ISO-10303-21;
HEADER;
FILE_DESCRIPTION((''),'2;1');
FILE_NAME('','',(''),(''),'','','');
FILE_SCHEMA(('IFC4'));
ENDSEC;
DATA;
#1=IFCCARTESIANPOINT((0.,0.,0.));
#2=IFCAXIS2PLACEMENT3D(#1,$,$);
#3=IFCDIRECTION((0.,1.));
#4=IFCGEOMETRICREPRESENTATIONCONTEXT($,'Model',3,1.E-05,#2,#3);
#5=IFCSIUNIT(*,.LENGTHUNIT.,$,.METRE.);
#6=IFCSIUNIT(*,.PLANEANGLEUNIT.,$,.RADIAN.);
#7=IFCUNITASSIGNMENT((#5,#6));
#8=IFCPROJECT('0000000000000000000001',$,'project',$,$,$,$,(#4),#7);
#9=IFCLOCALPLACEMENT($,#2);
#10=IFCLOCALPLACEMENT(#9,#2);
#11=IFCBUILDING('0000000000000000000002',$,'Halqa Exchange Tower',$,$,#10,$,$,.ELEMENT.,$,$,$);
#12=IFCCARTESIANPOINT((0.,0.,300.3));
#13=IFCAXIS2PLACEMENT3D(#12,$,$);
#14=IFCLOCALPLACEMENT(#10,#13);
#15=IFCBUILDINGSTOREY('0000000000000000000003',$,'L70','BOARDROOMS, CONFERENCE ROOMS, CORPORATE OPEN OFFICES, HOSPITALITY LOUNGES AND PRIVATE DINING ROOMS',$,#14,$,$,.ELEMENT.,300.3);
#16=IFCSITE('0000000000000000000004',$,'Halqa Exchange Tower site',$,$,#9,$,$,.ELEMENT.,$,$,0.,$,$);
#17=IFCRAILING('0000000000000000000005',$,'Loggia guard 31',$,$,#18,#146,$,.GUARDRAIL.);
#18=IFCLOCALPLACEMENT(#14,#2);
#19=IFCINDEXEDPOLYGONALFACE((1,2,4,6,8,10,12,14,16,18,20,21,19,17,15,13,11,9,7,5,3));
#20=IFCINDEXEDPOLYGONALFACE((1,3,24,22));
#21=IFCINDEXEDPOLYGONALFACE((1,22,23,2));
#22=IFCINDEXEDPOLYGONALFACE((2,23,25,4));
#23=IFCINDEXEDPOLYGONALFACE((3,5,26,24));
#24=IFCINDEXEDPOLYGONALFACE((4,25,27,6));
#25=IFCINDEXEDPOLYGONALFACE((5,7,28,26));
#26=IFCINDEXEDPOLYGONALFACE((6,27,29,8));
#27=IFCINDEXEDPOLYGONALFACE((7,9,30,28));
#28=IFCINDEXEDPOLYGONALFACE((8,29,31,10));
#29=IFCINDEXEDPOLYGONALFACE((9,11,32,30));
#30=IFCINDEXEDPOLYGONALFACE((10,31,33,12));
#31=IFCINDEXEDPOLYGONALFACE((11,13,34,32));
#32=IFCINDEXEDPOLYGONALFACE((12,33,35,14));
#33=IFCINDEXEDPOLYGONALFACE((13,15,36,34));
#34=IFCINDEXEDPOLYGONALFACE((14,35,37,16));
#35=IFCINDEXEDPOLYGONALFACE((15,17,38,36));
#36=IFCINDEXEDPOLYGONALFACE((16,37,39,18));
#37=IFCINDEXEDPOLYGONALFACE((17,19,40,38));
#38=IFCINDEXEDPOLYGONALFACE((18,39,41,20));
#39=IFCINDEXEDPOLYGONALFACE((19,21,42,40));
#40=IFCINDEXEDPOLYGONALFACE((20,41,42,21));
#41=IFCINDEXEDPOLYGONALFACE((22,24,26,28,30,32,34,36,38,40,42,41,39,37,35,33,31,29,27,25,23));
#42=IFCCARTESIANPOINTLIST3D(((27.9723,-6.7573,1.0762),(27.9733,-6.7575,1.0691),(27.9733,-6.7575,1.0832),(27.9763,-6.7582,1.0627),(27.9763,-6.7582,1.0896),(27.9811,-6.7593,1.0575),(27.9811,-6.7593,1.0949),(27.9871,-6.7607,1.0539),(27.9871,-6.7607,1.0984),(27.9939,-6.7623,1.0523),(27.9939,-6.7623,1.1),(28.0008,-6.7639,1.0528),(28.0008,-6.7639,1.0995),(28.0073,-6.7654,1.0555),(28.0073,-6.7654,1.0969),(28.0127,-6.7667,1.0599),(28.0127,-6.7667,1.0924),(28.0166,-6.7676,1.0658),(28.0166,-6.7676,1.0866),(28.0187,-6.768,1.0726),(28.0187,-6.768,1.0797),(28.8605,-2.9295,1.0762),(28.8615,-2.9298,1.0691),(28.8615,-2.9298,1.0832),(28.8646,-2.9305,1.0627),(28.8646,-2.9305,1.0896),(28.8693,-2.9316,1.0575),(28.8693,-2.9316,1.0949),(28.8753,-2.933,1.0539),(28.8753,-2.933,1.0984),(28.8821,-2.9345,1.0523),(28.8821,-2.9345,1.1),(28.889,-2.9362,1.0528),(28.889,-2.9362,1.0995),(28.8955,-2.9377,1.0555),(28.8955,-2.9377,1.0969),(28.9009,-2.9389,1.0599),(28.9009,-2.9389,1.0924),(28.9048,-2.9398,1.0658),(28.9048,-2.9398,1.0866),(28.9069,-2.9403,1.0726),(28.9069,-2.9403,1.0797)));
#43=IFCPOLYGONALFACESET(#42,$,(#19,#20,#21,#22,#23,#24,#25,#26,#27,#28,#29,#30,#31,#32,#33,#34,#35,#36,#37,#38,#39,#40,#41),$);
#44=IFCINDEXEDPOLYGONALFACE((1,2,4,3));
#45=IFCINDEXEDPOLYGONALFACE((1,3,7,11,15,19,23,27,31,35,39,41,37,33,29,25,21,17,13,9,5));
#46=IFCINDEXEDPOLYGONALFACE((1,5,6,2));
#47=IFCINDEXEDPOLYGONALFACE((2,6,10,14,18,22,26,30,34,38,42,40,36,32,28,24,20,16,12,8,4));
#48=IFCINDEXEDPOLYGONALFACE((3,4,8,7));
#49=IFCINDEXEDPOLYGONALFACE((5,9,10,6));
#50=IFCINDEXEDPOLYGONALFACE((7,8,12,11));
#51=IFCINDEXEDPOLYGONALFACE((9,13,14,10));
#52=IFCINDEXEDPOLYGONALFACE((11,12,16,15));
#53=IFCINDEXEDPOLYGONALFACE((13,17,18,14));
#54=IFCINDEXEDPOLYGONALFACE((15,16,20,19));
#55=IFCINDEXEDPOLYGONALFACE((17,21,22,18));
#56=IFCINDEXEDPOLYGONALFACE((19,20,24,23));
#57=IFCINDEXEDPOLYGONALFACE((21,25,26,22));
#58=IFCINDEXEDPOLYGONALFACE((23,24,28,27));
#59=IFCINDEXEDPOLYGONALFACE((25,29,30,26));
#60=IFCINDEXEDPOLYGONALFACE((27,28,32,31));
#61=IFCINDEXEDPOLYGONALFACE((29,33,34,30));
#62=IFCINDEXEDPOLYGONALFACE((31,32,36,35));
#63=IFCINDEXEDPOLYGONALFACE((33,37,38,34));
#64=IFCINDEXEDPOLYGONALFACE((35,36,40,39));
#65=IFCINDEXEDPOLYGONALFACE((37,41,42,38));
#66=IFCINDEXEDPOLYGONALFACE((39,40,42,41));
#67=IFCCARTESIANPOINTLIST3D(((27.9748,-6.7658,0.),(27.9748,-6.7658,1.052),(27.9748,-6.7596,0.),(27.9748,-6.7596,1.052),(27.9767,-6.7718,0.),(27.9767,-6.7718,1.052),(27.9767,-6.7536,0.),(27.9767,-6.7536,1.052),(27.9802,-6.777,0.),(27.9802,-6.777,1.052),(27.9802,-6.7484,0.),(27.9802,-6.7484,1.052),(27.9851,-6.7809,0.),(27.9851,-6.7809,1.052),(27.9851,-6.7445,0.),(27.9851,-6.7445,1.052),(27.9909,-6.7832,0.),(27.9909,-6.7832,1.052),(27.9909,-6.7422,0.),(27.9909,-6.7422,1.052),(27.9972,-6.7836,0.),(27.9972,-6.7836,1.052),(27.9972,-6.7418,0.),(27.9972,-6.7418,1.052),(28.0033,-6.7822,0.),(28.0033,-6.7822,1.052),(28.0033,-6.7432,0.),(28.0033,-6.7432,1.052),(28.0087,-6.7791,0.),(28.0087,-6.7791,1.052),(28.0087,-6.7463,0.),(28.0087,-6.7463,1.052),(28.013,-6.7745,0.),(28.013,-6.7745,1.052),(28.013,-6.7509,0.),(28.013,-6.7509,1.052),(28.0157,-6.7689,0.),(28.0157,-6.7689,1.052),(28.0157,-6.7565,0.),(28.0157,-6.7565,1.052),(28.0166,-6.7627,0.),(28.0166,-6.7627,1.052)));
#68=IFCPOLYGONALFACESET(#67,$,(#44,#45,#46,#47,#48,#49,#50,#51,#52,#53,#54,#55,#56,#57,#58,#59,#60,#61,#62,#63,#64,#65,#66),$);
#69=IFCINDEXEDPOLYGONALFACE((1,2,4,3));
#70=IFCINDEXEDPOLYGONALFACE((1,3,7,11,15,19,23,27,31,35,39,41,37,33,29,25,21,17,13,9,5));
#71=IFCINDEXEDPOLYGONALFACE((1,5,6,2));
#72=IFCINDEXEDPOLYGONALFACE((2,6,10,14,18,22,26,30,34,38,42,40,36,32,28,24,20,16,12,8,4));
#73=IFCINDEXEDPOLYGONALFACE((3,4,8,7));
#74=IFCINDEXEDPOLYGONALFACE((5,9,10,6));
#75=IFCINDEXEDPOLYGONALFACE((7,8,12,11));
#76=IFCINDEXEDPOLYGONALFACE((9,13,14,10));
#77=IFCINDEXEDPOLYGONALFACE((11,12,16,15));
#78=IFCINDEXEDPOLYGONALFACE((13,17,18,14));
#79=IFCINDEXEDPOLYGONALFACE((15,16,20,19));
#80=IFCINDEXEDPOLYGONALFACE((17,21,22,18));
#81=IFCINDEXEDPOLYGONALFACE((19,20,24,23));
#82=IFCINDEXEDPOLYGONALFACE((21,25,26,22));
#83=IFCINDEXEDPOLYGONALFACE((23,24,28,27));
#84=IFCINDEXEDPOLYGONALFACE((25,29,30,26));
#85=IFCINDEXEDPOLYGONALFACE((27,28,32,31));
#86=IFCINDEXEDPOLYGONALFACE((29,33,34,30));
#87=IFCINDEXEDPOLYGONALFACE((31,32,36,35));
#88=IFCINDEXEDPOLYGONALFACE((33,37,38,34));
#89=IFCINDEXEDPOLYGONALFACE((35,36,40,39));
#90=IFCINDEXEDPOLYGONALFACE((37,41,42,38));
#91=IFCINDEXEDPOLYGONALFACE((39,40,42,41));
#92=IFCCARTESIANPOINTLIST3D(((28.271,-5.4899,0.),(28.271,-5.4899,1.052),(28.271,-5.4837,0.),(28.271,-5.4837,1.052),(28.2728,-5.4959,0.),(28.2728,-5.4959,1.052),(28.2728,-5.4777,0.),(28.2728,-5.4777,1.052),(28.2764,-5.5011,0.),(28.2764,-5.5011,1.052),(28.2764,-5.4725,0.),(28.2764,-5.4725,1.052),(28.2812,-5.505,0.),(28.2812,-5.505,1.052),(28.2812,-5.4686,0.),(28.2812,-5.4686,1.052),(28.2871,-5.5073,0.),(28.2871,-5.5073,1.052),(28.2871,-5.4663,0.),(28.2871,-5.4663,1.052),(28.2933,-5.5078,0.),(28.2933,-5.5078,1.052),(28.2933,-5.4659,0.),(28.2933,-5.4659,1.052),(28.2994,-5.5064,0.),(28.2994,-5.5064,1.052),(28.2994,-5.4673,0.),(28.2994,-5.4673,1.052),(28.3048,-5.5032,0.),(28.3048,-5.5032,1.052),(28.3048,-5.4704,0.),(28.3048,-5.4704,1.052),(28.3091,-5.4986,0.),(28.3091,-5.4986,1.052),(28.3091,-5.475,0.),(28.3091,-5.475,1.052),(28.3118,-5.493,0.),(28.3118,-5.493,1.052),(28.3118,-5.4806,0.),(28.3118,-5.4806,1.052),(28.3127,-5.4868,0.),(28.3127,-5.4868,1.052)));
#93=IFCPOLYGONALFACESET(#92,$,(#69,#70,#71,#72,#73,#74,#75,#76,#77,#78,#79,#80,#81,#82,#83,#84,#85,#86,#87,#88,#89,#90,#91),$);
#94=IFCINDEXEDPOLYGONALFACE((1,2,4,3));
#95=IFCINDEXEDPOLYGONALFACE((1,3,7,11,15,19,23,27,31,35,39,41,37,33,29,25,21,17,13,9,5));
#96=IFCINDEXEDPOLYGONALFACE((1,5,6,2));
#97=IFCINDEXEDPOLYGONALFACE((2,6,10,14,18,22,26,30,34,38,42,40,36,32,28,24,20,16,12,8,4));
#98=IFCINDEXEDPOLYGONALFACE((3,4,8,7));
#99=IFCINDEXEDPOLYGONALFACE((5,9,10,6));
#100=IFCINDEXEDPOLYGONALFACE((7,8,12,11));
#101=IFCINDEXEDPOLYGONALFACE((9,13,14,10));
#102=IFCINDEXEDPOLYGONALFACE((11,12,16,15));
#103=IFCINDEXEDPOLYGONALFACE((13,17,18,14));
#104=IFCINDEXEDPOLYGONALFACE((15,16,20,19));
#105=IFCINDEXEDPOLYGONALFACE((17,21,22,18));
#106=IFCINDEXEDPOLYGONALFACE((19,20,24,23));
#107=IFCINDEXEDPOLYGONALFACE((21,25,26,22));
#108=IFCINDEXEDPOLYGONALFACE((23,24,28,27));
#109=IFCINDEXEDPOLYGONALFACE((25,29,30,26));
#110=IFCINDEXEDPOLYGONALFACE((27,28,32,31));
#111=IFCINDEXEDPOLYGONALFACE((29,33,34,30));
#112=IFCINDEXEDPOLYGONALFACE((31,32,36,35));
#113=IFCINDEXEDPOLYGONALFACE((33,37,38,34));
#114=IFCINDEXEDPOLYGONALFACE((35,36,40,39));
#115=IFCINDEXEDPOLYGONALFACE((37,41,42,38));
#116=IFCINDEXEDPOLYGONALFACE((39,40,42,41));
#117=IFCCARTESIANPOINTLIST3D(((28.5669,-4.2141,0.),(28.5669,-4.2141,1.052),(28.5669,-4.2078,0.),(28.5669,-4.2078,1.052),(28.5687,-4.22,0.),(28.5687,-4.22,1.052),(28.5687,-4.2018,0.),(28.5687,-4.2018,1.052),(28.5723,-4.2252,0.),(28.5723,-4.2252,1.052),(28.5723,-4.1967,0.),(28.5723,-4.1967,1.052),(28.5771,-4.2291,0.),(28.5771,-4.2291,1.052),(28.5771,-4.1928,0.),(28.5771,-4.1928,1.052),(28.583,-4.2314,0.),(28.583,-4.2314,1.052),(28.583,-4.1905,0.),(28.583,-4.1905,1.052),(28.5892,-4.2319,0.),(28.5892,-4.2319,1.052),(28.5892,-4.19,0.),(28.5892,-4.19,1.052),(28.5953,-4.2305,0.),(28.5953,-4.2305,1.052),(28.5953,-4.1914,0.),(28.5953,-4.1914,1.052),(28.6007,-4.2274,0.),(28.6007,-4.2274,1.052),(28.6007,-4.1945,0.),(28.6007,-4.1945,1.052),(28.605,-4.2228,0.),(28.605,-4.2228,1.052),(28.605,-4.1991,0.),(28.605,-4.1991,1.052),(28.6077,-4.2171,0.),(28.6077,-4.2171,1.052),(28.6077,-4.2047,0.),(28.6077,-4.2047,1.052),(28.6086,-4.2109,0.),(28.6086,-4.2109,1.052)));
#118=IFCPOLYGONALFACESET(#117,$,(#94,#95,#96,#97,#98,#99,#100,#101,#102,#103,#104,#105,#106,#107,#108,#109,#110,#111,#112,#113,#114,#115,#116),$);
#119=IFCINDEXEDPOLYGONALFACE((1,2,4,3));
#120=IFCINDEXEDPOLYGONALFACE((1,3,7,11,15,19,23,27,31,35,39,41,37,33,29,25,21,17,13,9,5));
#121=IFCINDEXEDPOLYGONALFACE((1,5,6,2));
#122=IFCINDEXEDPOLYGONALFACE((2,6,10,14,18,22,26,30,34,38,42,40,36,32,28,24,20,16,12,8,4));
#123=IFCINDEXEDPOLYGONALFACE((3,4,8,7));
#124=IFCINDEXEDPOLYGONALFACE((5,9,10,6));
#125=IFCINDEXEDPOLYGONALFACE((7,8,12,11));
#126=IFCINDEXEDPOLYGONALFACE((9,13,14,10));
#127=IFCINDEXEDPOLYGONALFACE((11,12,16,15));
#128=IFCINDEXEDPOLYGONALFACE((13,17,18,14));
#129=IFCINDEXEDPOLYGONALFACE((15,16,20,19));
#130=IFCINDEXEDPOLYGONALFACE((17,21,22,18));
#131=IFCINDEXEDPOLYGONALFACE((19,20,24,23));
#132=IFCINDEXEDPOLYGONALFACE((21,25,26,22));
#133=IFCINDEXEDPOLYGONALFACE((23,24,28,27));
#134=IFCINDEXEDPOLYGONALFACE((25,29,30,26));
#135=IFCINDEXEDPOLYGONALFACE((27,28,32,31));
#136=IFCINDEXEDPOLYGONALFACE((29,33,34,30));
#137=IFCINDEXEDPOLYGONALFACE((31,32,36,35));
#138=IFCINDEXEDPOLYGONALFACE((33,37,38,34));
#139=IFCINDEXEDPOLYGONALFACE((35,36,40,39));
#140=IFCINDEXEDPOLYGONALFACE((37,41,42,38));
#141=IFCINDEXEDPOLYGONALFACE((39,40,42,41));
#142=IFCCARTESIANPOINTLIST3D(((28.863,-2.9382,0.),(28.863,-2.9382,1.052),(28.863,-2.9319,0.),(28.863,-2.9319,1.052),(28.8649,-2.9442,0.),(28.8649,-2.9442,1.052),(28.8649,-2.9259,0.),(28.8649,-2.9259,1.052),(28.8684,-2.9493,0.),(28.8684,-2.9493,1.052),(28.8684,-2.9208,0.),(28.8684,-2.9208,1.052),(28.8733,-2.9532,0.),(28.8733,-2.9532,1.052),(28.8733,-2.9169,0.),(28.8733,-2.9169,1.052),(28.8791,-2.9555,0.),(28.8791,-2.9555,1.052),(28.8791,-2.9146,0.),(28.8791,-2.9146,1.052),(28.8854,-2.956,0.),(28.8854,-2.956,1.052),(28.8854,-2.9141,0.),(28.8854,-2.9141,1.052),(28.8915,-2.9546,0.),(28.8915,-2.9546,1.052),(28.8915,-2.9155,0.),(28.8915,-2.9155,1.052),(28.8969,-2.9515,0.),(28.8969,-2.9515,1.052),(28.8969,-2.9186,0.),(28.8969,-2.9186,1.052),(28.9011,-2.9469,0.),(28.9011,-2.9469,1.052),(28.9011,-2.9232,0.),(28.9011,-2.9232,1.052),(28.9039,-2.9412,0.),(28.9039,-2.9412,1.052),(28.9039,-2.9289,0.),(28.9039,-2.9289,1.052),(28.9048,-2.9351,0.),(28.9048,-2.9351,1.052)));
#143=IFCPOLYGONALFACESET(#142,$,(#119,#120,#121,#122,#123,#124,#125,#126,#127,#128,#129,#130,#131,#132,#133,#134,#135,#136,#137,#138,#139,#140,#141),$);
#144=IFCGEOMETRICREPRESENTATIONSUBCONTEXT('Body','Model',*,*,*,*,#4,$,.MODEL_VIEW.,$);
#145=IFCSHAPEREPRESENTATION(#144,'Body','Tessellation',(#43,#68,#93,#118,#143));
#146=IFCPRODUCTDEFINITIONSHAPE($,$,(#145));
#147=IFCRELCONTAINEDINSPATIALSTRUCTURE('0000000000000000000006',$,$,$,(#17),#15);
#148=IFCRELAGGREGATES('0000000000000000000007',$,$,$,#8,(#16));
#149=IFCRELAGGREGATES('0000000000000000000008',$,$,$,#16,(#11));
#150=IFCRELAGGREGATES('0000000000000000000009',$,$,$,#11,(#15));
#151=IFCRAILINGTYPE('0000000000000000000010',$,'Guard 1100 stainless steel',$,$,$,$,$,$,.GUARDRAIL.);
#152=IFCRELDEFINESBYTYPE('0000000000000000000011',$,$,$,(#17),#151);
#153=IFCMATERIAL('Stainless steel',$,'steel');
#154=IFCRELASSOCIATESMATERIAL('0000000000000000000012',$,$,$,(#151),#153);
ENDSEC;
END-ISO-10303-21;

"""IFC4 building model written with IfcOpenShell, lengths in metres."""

from ifc_helpers import new_model, si_unit, direction, frame, origin, origin_2d, place, context, subcontext, project, spatial, circle, extrude, material, type_object, element, save


model = new_model("IFC4")

# Units and contexts
model_context = context("Model", 3, precision=1e-05, world=origin(), true_north=direction((0.0, 1.0)))
body_context = subcontext(model_context, "Body", "Model", "MODEL_VIEW")
ifc_project = project(units=[si_unit("LENGTHUNIT", "METRE"), si_unit("PLANEANGLEUNIT", "RADIAN")], contexts=[model_context])

# Site, building, storey
site_placement = place(None, origin())
site = spatial("IfcSite", under=ifc_project, at=site_placement, Name="Halqa Exchange Tower site", CompositionType="ELEMENT", RefElevation=0.0)
building_placement = place(site_placement, origin())
building = spatial("IfcBuilding", under=site, at=building_placement, Name="Halqa Exchange Tower", CompositionType="ELEMENT")
storey_placement = place(building_placement, frame((0.0, 0.0, 300.3)))
storey = spatial("IfcBuildingStorey", under=building, at=storey_placement, Name="L70", Description="BOARDROOMS, CONFERENCE ROOMS, CORPORATE OPEN OFFICES, HOSPITALITY LOUNGES AND PRIVATE DINING ROOMS", CompositionType="ELEMENT", Elevation=300.3)

# Railing
ifc_material_1 = material(Name="Stainless steel", Category="steel")
railing_type = type_object("IfcRailingType", Name="Guard 1100 stainless steel", PredefinedType="GUARDRAIL", material=ifc_material_1)
railing_1_placement = place(storey_placement, frame((27.9956, -6.7627, 0.0)))
element("IfcRailing", 1, at=railing_1_placement, inside=storey, type_object=railing_type, Name="Loggia guard 31", PredefinedType="GUARDRAIL", context=body_context, shape_type="SweptSolid", body=[
    extrude(circle(Radius=0.0239, at=origin_2d()), frame((0.0, 0.0, 1.0762), z_axis=(0.226039, 0.974118, 0.0), x_axis=(-0.974118, 0.226039, 0.0)), (0.0, 0.0, 1.0), 3.9294),
    extrude(circle(Radius=0.021, at=origin_2d()), origin(), (0.0, 0.0, 1.0), 1.052),
    extrude(circle(Radius=0.021, at=origin_2d()), frame((0.2961, 1.2759, 0.0)), (0.0, 0.0, 1.0), 1.052),
    extrude(circle(Radius=0.021, at=origin_2d()), frame((0.592, 2.5518, 0.0)), (0.0, 0.0, 1.0), 1.052),
    extrude(circle(Radius=0.021, at=origin_2d()), frame((0.8882, 3.8276, 0.0)), (0.0, 0.0, 1.0), 1.052),
])

save(model, "model.ifc")
